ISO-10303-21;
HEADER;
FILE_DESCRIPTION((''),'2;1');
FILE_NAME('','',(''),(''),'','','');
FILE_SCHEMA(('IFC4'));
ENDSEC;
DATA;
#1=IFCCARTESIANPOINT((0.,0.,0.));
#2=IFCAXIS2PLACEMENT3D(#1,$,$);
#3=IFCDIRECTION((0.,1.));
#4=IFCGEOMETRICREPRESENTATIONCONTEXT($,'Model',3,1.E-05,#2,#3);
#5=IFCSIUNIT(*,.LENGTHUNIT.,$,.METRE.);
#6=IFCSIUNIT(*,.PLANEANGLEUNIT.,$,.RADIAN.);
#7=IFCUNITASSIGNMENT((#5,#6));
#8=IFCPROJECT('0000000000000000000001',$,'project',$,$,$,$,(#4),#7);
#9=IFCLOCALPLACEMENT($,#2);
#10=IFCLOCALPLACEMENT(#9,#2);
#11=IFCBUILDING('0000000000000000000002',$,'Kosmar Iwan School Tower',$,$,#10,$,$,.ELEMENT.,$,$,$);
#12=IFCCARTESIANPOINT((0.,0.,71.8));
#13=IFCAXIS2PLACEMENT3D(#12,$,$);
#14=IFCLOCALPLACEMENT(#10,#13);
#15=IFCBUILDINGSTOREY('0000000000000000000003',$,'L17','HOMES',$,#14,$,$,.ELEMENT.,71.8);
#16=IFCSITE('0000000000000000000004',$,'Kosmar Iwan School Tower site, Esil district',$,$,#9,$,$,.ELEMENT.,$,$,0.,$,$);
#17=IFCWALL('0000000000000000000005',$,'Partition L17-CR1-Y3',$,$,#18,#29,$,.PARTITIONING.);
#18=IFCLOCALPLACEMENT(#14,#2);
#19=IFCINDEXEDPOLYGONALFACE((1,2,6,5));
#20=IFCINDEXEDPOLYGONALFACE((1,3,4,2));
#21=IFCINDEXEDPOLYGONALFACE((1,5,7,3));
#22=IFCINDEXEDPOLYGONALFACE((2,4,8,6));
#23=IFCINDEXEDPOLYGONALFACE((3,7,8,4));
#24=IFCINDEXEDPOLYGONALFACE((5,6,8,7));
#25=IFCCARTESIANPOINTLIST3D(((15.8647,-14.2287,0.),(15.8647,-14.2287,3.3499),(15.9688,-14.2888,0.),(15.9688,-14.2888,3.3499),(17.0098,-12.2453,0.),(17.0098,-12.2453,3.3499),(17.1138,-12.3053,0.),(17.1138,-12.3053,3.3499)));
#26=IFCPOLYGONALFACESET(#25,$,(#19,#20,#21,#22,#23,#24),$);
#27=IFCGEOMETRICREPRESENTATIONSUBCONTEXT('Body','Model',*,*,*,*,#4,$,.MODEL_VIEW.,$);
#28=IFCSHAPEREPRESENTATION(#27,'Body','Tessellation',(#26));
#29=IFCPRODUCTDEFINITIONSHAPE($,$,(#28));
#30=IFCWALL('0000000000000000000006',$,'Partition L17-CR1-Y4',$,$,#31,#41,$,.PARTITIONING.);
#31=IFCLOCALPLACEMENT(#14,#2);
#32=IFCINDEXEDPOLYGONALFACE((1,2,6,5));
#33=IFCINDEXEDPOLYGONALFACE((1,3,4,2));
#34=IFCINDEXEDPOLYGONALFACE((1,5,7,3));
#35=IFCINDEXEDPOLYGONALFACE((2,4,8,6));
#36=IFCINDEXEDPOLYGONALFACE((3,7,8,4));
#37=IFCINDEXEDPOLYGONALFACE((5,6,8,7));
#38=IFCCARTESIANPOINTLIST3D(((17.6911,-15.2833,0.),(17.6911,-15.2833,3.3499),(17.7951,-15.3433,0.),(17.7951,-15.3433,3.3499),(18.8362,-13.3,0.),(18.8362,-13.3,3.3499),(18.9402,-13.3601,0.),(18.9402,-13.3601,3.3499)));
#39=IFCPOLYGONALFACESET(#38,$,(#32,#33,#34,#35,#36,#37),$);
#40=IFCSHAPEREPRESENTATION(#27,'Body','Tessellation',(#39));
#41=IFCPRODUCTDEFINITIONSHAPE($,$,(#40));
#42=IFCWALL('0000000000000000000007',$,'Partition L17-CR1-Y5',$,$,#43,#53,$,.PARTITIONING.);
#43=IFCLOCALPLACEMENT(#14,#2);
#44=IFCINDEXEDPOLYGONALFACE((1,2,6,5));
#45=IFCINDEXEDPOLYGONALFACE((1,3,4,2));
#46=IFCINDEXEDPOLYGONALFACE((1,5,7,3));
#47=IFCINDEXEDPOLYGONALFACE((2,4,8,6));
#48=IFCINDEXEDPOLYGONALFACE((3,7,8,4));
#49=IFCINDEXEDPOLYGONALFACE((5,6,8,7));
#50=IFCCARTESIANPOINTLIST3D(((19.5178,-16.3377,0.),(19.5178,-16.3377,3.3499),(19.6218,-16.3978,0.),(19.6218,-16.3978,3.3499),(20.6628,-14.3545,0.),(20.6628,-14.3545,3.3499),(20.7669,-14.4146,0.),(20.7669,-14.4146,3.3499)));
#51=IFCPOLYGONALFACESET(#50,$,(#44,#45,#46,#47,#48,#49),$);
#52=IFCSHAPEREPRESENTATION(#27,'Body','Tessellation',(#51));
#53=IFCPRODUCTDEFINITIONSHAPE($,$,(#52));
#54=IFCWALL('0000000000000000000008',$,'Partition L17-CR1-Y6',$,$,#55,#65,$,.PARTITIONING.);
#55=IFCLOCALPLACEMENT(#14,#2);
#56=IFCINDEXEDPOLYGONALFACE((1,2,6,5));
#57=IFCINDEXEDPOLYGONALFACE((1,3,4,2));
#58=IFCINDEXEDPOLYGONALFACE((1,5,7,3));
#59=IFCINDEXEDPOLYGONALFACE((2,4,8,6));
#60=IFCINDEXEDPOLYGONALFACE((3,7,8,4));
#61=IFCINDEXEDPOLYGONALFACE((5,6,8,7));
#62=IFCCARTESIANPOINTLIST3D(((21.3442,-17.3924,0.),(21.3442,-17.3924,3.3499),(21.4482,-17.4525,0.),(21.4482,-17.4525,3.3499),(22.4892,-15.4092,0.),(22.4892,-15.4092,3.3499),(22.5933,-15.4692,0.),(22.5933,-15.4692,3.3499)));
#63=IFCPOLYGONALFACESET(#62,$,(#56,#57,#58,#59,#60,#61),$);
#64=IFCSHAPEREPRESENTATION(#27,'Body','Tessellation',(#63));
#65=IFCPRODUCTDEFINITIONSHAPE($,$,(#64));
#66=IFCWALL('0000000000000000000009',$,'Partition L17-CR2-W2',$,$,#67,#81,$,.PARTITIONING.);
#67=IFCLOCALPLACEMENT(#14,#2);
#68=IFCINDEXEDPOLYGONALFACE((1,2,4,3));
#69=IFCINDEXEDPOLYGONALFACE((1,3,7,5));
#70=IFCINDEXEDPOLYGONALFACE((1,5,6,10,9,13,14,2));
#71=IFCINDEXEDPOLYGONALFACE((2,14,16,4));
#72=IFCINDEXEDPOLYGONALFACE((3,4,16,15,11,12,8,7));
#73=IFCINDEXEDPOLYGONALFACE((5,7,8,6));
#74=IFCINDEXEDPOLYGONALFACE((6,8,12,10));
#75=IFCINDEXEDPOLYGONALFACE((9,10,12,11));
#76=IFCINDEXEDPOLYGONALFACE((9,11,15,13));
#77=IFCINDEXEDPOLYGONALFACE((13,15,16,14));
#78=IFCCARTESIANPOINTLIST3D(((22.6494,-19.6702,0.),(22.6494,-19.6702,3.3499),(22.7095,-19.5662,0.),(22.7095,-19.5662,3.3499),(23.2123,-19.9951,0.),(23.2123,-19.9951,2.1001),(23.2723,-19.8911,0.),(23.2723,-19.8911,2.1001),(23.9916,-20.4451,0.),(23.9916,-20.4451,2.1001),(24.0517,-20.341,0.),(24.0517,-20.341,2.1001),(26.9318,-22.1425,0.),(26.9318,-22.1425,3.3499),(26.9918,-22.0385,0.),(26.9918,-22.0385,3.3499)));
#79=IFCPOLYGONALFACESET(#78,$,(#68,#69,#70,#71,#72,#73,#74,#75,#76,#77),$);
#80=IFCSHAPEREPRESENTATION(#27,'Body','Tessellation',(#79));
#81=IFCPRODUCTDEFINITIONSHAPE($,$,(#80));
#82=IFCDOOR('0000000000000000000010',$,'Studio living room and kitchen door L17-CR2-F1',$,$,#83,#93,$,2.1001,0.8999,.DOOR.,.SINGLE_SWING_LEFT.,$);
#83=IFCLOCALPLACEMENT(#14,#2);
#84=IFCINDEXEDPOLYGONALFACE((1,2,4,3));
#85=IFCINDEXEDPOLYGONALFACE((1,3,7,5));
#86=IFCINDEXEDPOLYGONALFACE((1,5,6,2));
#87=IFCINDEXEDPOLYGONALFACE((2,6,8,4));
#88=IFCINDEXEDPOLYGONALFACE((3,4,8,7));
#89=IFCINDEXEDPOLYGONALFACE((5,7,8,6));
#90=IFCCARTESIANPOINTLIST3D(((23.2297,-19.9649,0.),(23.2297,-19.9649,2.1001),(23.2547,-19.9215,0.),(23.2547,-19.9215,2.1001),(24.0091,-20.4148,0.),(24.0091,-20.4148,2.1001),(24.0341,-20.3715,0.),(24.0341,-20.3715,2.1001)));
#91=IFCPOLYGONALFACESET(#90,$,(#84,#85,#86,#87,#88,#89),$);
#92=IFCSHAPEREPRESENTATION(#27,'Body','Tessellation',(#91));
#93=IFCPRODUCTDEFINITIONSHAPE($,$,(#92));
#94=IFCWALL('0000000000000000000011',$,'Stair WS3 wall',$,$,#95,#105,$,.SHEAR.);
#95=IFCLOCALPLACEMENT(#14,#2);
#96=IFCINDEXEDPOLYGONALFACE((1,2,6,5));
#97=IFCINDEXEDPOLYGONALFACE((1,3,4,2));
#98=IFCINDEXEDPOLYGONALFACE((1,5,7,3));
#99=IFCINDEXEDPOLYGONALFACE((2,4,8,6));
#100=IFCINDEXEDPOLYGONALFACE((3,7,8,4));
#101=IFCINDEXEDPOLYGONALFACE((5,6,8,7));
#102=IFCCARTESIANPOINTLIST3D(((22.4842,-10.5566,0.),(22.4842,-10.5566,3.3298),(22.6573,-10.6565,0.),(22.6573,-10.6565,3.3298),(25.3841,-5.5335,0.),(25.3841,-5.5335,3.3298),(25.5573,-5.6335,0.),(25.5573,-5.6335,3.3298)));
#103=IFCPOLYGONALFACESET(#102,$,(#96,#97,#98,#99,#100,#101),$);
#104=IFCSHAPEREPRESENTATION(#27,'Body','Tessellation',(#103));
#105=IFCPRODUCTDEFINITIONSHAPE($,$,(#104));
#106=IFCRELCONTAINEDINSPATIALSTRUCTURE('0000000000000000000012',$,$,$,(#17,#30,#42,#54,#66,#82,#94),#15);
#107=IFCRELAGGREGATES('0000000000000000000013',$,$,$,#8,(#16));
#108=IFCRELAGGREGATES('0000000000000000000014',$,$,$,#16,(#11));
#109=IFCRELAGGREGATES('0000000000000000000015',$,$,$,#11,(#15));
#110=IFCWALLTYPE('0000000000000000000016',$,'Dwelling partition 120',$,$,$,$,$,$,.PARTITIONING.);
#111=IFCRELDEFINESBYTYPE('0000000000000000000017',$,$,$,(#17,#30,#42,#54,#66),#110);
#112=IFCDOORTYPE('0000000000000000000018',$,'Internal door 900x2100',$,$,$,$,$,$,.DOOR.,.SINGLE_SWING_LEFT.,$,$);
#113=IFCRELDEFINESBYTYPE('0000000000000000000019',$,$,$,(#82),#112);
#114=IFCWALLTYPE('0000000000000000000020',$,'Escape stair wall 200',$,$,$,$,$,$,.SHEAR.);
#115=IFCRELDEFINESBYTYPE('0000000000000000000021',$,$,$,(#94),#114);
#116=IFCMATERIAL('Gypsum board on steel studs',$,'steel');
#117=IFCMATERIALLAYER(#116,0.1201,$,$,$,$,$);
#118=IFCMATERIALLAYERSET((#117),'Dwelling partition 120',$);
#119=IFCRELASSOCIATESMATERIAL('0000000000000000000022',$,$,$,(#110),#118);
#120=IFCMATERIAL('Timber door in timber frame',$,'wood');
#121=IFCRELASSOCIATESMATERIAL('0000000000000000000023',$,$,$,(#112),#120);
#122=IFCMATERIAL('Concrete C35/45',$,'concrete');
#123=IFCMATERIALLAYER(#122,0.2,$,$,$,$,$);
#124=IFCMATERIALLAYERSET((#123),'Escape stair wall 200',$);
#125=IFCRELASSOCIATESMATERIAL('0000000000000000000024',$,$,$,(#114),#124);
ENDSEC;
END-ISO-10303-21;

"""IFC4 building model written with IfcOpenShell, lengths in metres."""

from ifc_helpers import new_model, si_unit, direction, frame, frame_2d, origin, place, context, subcontext, project, spatial, rectangle, extrude, material, layer, layer_set, type_object, element, fill, save


model = new_model("IFC4")

# Units and contexts
model_context = context("Model", 3, precision=1e-05, world=origin(), true_north=direction((0.0, 1.0)))
body_context = subcontext(model_context, "Body", "Model", "MODEL_VIEW")
ifc_project = project(units=[si_unit("LENGTHUNIT", "METRE"), si_unit("PLANEANGLEUNIT", "RADIAN")], contexts=[model_context])

# Site, building, storey
site_placement = place(None, origin())
site = spatial("IfcSite", under=ifc_project, at=site_placement, Name="Kosmar Iwan School Tower site, Esil district", CompositionType="ELEMENT", RefElevation=0.0)
building_placement = place(site_placement, origin())
building = spatial("IfcBuilding", under=site, at=building_placement, Name="Kosmar Iwan School Tower", CompositionType="ELEMENT")
storey_placement = place(building_placement, frame((0.0, 0.0, 71.8)))
storey = spatial("IfcBuildingStorey", under=building, at=storey_placement, Name="L17", Description="HOMES", CompositionType="ELEMENT", Elevation=71.8)

# Walls
ifc_material_1 = material(Name="Gypsum board on steel studs", Category="steel")
ifc_layer_1 = layer(ifc_material_1, 0.1201)
ifc_layer_set_1 = layer_set([ifc_layer_1], Name="Dwelling partition 120")
wall_type_1 = type_object("IfcWallType", Name="Dwelling partition 120", PredefinedType="PARTITIONING", material=ifc_layer_set_1)
wall_1_placement = place(storey_placement, frame((17.0618, -12.2754, 0.0), z_axis=(0.0, 0.0, 1.0), x_axis=(-0.499969, -0.866044, 0.0)))
element("IfcWall", 1, at=wall_1_placement, inside=storey, type_object=wall_type_1, Name="Partition L17-CR1-Y3", PredefinedType="PARTITIONING", context=body_context, shape_type="SweptSolid", body=[
    extrude(rectangle(XDim=2.2903, YDim=0.1201, at=frame_2d((1.145, 0.0))), origin(), (0.0, 0.0, 1.0), 3.3499),
])
for number, where, z_axis, x_axis, name in (
    (2, (18.8882, -13.3301, 0.0), (0.0, 0.0, 1.0), (-0.500015, -0.866017, 0.0), "Partition L17-CR1-Y4"),
    (3, (20.7148, -14.3845, 0.0), (0.0, 0.0, 1.0), (-0.500015, -0.866017, 0.0), "Partition L17-CR1-Y5"),
    (4, (22.5413, -15.4392, 0.0), (0.0, 0.0, 1.0), (-0.500015, -0.866017, 0.0), "Partition L17-CR1-Y6"),
):
    element("IfcWall", number, at=place(storey_placement, frame(where, z_axis=z_axis, x_axis=x_axis)), inside=storey, type_object=wall_type_1, Name=name, PredefinedType="PARTITIONING", context=body_context, shape_type="SweptSolid", body=[
        extrude(rectangle(XDim=2.29, YDim=0.1201, at=frame_2d((1.145, 0.0))), origin(), (0.0, 0.0, 1.0), 3.3499),
    ])

# Wall, opening, door
wall_2_placement = place(storey_placement, frame((22.6794, -19.6182, 0.0), z_axis=(0.0, 0.0, 1.0), x_axis=(0.866032, -0.499989, 0.0)))
wall_2 = element("IfcWall", 5, at=wall_2_placement, inside=storey, type_object=wall_type_1, Name="Partition L17-CR2-W2", PredefinedType="PARTITIONING", context=body_context, shape_type="SweptSolid", body=[
    extrude(rectangle(XDim=4.9448, YDim=0.1201, at=frame_2d((2.4724, 0.0))), origin(), (0.0, 0.0, 1.0), 3.3499),
])
opening_1_placement = place(wall_2_placement, frame((0.6499, 0.0, 0.0)))
opening_1 = element("IfcOpeningElement", 6, at=opening_1_placement, cuts=wall_2, PredefinedType="OPENING", context=body_context, shape_type="SweptSolid", body=[
    extrude(rectangle(XDim=0.8999, YDim=2.1001, at=frame_2d((0.45, 1.05))), frame((0.0, 0.072, 0.0), z_axis=(0.0, -1.0, 0.0), x_axis=(1.0, 0.0, 0.0)), (0.0, 0.0, 1.0), 0.144),
])
ifc_material_2 = material(Name="Timber door in timber frame", Category="wood")
door_type_1 = type_object("IfcDoorType", Name="Internal door 900x2100", OperationType="SINGLE_SWING_LEFT", PredefinedType="DOOR", material=ifc_material_2)
door_1_placement = place(opening_1_placement, origin())
door_1 = element("IfcDoor", 7, at=door_1_placement, inside=storey, type_object=door_type_1, Name="Studio living room and kitchen door L17-CR2-F1", OperationType="SINGLE_SWING_LEFT", OverallHeight=2.1001, OverallWidth=0.8999, PredefinedType="DOOR", context=body_context, shape_type="SweptSolid", body=[
    extrude(rectangle(XDim=0.8999, YDim=2.1001, at=frame_2d((0.45, 1.05))), frame((0.0, 0.0249, 0.0), z_axis=(0.0, -1.0, 0.0), x_axis=(1.0, 0.0, 0.0)), (0.0, 0.0, 1.0), 0.05),
])
fill(opening_1, door_1)

# Wall
ifc_material_3 = material(Name="Concrete C35/45", Category="concrete")
ifc_layer_2 = layer(ifc_material_3, 0.2)
ifc_layer_set_2 = layer_set([ifc_layer_2], Name="Escape stair wall 200")
wall_type_2 = type_object("IfcWallType", Name="Escape stair wall 200", PredefinedType="SHEAR", material=ifc_layer_set_2)
wall_3_placement = place(storey_placement, frame((22.5708, -10.6064, 0.0), z_axis=(0.0, 0.0, 1.0), x_axis=(0.499987, 0.866033, 0.0)))
element("IfcWall", 8, at=wall_3_placement, inside=storey, type_object=wall_type_2, Name="Stair WS3 wall", PredefinedType="SHEAR", context=body_context, shape_type="SweptSolid", body=[
    extrude(rectangle(XDim=5.8, YDim=0.2, at=frame_2d((2.8999, 0.0))), origin(), (0.0, 0.0, 1.0), 3.3298),
])

save(model, "model.ifc")
